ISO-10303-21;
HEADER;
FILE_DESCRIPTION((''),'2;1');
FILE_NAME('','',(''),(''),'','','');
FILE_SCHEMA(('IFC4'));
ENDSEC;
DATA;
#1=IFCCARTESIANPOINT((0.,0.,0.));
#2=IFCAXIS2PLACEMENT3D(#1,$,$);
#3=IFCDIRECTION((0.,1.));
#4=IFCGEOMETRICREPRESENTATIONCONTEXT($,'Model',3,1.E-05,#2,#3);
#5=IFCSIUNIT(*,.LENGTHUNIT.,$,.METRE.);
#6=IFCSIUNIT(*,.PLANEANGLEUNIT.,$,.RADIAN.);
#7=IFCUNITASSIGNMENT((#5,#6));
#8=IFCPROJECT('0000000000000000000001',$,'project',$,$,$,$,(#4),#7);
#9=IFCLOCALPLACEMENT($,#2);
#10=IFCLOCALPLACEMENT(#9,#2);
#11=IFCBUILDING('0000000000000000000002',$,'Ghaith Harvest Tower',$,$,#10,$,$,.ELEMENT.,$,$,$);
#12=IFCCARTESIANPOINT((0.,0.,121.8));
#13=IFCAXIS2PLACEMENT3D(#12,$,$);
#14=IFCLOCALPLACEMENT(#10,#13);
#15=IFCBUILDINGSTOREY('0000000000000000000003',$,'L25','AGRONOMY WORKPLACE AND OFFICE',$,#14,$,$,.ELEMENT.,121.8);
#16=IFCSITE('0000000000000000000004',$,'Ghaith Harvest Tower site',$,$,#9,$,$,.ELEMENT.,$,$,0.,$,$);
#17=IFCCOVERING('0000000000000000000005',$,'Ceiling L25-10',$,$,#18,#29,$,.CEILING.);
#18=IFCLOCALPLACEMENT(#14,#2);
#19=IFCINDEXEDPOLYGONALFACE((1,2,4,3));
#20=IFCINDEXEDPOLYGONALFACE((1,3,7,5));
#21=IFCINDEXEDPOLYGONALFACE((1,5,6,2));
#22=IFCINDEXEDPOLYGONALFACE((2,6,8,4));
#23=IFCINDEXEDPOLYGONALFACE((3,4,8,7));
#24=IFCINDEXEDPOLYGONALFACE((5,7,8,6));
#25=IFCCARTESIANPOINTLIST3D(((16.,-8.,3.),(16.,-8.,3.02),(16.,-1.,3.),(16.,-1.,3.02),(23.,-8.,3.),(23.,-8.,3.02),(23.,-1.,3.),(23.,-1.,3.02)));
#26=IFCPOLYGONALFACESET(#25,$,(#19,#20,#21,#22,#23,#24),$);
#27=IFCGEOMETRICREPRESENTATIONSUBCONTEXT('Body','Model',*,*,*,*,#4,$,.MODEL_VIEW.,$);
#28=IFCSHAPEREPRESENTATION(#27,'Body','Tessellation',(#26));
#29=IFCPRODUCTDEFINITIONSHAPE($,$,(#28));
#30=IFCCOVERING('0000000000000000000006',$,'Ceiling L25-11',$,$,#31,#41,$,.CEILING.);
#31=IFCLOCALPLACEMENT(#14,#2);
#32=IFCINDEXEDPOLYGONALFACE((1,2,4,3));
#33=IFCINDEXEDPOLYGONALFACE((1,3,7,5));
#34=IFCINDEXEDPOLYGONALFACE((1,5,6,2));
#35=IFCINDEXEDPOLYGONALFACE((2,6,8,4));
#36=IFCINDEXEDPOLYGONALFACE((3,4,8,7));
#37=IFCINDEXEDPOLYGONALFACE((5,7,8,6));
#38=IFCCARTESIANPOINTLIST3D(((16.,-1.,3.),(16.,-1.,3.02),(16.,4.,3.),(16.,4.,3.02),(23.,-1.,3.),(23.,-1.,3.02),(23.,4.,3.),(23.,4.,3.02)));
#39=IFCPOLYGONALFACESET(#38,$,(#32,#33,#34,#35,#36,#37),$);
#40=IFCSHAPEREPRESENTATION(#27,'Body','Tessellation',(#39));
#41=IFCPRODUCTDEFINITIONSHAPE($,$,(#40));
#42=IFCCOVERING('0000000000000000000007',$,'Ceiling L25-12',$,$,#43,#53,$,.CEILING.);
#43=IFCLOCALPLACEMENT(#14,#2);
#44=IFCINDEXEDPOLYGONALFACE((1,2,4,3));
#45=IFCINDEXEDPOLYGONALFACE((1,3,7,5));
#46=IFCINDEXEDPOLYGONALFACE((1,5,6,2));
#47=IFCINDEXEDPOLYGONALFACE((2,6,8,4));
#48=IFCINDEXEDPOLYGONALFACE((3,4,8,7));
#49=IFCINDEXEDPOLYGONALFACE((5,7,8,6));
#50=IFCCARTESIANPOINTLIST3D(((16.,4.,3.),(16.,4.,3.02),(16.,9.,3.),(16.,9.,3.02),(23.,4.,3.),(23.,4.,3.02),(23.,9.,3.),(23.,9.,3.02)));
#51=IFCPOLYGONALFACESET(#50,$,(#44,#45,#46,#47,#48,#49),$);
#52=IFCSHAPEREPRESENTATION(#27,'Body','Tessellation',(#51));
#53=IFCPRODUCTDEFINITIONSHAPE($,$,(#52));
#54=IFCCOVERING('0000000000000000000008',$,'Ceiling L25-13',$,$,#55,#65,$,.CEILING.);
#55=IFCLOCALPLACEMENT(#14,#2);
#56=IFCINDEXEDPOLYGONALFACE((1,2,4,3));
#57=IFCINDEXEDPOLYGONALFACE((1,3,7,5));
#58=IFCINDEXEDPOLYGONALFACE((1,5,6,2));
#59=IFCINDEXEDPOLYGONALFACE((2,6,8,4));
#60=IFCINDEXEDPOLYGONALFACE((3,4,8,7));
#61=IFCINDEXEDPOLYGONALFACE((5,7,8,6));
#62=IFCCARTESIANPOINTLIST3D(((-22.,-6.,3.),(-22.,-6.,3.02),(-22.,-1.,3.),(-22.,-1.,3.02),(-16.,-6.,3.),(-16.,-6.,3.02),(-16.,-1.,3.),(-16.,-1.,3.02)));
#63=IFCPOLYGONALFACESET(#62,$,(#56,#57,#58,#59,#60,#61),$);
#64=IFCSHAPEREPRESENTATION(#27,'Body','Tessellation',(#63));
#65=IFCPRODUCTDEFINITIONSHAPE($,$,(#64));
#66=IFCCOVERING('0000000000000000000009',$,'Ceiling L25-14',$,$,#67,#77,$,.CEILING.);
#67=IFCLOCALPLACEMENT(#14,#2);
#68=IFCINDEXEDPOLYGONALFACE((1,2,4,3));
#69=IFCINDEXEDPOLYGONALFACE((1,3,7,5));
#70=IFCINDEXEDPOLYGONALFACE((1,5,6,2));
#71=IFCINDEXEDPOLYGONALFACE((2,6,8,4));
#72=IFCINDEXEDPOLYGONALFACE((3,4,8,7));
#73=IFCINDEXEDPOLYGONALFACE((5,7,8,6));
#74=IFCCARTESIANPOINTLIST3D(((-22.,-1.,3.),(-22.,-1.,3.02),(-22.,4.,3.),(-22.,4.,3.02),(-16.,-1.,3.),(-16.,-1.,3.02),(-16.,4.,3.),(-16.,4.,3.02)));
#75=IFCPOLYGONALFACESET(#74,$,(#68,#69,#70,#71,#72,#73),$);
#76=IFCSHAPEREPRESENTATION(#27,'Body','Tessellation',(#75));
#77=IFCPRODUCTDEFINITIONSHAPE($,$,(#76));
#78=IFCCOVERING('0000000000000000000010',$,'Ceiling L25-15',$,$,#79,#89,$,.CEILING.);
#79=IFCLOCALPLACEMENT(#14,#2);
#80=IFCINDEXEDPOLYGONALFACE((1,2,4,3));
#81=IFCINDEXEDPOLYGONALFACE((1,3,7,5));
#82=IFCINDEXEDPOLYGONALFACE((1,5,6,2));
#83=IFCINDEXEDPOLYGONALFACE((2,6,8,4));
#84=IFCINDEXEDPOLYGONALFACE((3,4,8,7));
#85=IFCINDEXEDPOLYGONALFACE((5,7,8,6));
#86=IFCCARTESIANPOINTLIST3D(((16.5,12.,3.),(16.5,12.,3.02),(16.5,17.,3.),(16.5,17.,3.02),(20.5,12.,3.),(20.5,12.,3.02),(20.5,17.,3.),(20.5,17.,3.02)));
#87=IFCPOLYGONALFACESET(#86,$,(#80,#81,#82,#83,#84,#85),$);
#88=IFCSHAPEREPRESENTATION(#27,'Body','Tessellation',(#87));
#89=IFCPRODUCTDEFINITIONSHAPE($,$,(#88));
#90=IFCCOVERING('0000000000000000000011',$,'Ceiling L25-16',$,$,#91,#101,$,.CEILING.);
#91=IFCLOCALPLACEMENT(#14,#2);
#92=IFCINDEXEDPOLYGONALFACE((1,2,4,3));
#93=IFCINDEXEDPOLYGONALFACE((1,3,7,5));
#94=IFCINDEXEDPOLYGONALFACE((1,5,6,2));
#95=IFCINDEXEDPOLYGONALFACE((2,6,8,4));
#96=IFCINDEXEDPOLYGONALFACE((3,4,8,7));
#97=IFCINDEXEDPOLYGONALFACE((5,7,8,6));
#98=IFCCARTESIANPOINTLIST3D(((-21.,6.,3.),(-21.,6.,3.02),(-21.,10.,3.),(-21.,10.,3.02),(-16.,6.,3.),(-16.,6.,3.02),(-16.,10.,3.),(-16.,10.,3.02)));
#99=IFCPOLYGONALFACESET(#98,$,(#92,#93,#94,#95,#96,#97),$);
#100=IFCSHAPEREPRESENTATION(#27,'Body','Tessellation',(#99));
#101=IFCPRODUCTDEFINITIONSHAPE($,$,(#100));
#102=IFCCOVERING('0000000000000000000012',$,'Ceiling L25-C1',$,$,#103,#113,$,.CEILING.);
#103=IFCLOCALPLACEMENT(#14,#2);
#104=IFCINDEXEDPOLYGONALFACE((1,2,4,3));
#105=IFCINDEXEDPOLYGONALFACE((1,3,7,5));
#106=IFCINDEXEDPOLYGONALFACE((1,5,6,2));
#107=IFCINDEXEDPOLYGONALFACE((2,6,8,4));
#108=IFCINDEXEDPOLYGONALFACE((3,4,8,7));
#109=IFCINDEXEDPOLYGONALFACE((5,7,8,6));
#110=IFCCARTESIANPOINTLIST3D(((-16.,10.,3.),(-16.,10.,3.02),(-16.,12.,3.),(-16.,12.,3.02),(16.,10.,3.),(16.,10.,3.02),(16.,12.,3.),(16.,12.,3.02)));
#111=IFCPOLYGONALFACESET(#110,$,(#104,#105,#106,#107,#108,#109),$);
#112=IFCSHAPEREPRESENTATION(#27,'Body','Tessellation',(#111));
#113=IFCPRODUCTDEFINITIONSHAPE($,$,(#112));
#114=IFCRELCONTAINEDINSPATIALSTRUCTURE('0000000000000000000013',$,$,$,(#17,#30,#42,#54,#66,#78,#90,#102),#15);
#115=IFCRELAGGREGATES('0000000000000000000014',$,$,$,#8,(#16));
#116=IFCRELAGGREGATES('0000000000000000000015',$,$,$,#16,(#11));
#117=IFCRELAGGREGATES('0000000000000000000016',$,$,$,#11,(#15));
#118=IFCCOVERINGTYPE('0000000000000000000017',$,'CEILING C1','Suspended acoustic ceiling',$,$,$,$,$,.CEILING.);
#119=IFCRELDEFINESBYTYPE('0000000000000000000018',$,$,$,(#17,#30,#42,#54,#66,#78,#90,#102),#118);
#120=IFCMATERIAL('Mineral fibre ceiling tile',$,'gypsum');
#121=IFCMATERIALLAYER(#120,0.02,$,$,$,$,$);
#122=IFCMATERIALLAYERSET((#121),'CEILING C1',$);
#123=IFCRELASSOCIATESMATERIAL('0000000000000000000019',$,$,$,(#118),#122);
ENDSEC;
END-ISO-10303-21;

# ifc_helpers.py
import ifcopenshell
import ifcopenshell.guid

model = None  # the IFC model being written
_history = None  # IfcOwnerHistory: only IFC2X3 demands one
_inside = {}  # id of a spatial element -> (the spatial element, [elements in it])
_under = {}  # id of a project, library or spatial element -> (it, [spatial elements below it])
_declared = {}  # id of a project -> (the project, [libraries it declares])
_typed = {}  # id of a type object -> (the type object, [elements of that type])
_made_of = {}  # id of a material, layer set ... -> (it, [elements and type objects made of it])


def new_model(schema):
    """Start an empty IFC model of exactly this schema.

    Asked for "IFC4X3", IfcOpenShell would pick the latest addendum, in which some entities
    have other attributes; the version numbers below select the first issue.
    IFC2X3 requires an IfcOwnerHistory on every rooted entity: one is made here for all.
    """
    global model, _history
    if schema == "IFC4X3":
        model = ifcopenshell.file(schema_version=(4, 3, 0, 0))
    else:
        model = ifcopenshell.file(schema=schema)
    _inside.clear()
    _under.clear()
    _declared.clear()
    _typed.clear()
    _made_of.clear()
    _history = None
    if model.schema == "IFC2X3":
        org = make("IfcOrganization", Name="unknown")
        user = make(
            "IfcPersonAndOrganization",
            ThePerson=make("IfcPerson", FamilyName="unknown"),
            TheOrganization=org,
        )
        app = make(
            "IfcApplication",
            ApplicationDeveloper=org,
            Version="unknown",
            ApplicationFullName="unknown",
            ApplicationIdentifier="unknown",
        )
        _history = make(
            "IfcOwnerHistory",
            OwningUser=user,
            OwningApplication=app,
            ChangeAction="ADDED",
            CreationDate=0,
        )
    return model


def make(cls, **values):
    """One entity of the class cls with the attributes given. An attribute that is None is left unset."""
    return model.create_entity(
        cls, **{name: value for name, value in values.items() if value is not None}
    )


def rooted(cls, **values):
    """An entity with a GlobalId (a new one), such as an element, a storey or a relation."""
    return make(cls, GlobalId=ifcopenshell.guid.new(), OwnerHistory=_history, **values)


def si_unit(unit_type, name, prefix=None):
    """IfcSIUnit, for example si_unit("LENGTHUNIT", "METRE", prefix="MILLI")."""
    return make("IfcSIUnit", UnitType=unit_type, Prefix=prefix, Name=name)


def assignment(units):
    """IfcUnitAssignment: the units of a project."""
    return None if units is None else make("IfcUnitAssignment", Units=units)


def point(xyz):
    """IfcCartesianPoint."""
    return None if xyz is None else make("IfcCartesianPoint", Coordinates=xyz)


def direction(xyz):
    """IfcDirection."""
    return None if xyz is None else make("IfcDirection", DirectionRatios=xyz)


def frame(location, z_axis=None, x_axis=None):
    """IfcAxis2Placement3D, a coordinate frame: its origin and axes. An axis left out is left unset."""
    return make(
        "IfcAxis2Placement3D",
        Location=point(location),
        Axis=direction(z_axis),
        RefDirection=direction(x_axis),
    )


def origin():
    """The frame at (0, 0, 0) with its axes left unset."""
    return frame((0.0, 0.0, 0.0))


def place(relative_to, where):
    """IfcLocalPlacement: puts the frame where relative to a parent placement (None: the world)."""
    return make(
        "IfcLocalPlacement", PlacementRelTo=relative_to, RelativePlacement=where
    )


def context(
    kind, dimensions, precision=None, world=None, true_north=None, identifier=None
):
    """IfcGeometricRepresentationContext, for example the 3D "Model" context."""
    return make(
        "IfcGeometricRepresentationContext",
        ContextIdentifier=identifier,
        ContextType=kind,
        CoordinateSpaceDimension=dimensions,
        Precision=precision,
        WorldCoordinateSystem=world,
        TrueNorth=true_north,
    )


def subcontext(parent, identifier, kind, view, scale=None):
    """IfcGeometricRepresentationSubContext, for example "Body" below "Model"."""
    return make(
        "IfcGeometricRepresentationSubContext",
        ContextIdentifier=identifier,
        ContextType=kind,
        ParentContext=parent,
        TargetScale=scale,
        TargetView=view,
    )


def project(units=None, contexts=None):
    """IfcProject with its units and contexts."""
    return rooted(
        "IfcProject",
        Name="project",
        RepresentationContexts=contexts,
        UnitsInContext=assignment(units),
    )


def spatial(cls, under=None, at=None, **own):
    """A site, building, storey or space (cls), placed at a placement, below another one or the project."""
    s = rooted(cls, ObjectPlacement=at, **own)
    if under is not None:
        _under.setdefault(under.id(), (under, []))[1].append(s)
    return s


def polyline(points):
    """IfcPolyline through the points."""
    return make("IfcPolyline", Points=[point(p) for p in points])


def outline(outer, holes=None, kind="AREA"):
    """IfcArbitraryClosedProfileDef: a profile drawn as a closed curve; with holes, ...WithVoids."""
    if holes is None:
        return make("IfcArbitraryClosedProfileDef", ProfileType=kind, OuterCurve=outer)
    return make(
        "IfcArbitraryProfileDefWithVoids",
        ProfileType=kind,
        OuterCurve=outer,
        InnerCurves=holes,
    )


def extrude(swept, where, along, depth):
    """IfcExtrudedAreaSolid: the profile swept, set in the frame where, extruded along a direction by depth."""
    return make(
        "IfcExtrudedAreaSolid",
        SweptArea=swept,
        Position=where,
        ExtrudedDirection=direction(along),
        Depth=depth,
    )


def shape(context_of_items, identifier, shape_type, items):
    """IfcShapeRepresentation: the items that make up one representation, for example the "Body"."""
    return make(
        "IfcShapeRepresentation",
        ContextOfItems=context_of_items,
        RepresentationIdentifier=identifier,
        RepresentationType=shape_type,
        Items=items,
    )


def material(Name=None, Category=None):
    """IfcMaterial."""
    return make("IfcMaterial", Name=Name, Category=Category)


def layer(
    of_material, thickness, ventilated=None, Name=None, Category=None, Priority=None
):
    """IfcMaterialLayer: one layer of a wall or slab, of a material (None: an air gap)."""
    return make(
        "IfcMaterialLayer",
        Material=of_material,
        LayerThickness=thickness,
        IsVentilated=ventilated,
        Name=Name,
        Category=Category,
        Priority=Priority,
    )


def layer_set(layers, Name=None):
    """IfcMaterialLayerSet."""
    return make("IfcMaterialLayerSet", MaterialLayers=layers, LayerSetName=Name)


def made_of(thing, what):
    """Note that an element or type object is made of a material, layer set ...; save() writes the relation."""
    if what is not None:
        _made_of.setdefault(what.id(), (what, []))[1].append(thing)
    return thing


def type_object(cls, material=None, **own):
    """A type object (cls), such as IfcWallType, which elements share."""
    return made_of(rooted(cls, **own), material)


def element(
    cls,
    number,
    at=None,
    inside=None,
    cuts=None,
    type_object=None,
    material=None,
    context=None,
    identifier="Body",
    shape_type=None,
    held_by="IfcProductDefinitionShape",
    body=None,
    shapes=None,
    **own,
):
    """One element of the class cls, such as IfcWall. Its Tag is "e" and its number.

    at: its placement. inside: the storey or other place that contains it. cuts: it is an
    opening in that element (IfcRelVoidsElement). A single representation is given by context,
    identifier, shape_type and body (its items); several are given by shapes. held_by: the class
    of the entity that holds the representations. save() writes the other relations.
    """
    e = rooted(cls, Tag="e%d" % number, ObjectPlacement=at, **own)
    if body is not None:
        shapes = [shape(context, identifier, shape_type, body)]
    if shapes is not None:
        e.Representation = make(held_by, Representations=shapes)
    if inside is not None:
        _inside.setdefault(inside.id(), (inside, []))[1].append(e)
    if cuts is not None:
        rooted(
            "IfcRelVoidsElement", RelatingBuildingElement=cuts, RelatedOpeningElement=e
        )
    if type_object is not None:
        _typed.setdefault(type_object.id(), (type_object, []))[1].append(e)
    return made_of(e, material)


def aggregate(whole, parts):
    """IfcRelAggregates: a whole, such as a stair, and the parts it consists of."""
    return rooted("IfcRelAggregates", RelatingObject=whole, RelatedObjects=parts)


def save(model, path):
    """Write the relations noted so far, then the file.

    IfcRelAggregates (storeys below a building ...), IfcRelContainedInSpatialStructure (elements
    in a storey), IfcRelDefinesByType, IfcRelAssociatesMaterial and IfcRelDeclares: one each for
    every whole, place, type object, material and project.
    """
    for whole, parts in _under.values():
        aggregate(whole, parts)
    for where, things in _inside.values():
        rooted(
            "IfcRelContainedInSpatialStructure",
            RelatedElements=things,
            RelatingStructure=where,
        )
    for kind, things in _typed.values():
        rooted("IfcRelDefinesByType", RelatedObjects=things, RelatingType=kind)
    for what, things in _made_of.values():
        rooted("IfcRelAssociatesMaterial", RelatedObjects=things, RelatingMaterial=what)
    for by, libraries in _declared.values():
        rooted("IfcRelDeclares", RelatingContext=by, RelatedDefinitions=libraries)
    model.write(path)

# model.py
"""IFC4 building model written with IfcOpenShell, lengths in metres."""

from ifc_helpers import new_model, si_unit, direction, frame, origin, place, context, subcontext, project, spatial, polyline, outline, extrude, material, layer, layer_set, type_object, element, save


model = new_model("IFC4")

# Units and contexts
model_context = context("Model", 3, precision=1e-05, world=origin(), true_north=direction((0.0, 1.0)))
body_context = subcontext(model_context, "Body", "Model", "MODEL_VIEW")
ifc_project = project(units=[si_unit("LENGTHUNIT", "METRE"), si_unit("PLANEANGLEUNIT", "RADIAN")], contexts=[model_context])

# Site, building, storey
site_placement = place(None, origin())
site = spatial("IfcSite", under=ifc_project, at=site_placement, Name="Ghaith Harvest Tower site", CompositionType="ELEMENT", RefElevation=0.0)
building_placement = place(site_placement, origin())
building = spatial("IfcBuilding", under=site, at=building_placement, Name="Ghaith Harvest Tower", CompositionType="ELEMENT")
storey_placement = place(building_placement, frame((0.0, 0.0, 121.8)))
storey = spatial("IfcBuildingStorey", under=building, at=storey_placement, Name="L25", Description="AGRONOMY WORKPLACE AND OFFICE", CompositionType="ELEMENT", Elevation=121.8)

# Coverings
ifc_material_1 = material(Name="Mineral fibre ceiling tile", Category="gypsum")
ifc_layer_1 = layer(ifc_material_1, 0.02)
ifc_layer_set_1 = layer_set([ifc_layer_1], Name="CEILING C1")
covering_type = type_object("IfcCoveringType", Name="CEILING C1", Description="Suspended acoustic ceiling", PredefinedType="CEILING", material=ifc_layer_set_1)
covering_1_placement = place(storey_placement, frame((0.0, 0.0, 3.0)))
element("IfcCovering", 1, at=covering_1_placement, inside=storey, type_object=covering_type, Name="Ceiling L25-10", PredefinedType="CEILING", context=body_context, shape_type="SweptSolid", body=[
    extrude(outline(polyline([(16.0, -8.0), (23.0, -8.0), (23.0, -1.0), (16.0, -1.0), (16.0, -8.0)])), origin(), (0.0, 0.0, 1.0), 0.02),
])
covering_2_placement = place(storey_placement, frame((0.0, 0.0, 3.0)))
element("IfcCovering", 2, at=covering_2_placement, inside=storey, type_object=covering_type, Name="Ceiling L25-11", PredefinedType="CEILING", context=body_context, shape_type="SweptSolid", body=[
    extrude(outline(polyline([(16.0, -1.0), (23.0, -1.0), (23.0, 4.0), (16.0, 4.0), (16.0, -1.0)])), origin(), (0.0, 0.0, 1.0), 0.02),
])
covering_3_placement = place(storey_placement, frame((0.0, 0.0, 3.0)))
element("IfcCovering", 3, at=covering_3_placement, inside=storey, type_object=covering_type, Name="Ceiling L25-12", PredefinedType="CEILING", context=body_context, shape_type="SweptSolid", body=[
    extrude(outline(polyline([(16.0, 4.0), (23.0, 4.0), (23.0, 9.0), (16.0, 9.0), (16.0, 4.0)])), origin(), (0.0, 0.0, 1.0), 0.02),
])
covering_4_placement = place(storey_placement, frame((0.0, 0.0, 3.0)))
element("IfcCovering", 4, at=covering_4_placement, inside=storey, type_object=covering_type, Name="Ceiling L25-13", PredefinedType="CEILING", context=body_context, shape_type="SweptSolid", body=[
    extrude(outline(polyline([(-22.0, -6.0), (-16.0, -6.0), (-16.0, -1.0), (-22.0, -1.0), (-22.0, -6.0)])), origin(), (0.0, 0.0, 1.0), 0.02),
])
covering_5_placement = place(storey_placement, frame((0.0, 0.0, 3.0)))
element("IfcCovering", 5, at=covering_5_placement, inside=storey, type_object=covering_type, Name="Ceiling L25-14", PredefinedType="CEILING", context=body_context, shape_type="SweptSolid", body=[
    extrude(outline(polyline([(-22.0, -1.0), (-16.0, -1.0), (-16.0, 4.0), (-22.0, 4.0), (-22.0, -1.0)])), origin(), (0.0, 0.0, 1.0), 0.02),
])
covering_6_placement = place(storey_placement, frame((0.0, 0.0, 3.0)))
element("IfcCovering", 6, at=covering_6_placement, inside=storey, type_object=covering_type, Name="Ceiling L25-15", PredefinedType="CEILING", context=body_context, shape_type="SweptSolid", body=[
    extrude(outline(polyline([(16.5, 12.0), (20.5, 12.0), (20.5, 17.0), (16.5, 17.0), (16.5, 12.0)])), origin(), (0.0, 0.0, 1.0), 0.02),
])
covering_7_placement = place(storey_placement, frame((0.0, 0.0, 3.0)))
element("IfcCovering", 7, at=covering_7_placement, inside=storey, type_object=covering_type, Name="Ceiling L25-16", PredefinedType="CEILING", context=body_context, shape_type="SweptSolid", body=[
    extrude(outline(polyline([(-21.0, 6.0), (-16.0, 6.0), (-16.0, 10.0), (-21.0, 10.0), (-21.0, 6.0)])), origin(), (0.0, 0.0, 1.0), 0.02),
])
covering_8_placement = place(storey_placement, frame((0.0, 0.0, 3.0)))
element("IfcCovering", 8, at=covering_8_placement, inside=storey, type_object=covering_type, Name="Ceiling L25-C1", PredefinedType="CEILING", context=body_context, shape_type="SweptSolid", body=[
    extrude(outline(polyline([(-16.0, 12.0), (16.0, 12.0), (16.0, 10.0), (-16.0, 10.0), (-16.0, 12.0)])), origin(), (0.0, 0.0, 1.0), 0.02),
])

save(model, "model.ifc")
